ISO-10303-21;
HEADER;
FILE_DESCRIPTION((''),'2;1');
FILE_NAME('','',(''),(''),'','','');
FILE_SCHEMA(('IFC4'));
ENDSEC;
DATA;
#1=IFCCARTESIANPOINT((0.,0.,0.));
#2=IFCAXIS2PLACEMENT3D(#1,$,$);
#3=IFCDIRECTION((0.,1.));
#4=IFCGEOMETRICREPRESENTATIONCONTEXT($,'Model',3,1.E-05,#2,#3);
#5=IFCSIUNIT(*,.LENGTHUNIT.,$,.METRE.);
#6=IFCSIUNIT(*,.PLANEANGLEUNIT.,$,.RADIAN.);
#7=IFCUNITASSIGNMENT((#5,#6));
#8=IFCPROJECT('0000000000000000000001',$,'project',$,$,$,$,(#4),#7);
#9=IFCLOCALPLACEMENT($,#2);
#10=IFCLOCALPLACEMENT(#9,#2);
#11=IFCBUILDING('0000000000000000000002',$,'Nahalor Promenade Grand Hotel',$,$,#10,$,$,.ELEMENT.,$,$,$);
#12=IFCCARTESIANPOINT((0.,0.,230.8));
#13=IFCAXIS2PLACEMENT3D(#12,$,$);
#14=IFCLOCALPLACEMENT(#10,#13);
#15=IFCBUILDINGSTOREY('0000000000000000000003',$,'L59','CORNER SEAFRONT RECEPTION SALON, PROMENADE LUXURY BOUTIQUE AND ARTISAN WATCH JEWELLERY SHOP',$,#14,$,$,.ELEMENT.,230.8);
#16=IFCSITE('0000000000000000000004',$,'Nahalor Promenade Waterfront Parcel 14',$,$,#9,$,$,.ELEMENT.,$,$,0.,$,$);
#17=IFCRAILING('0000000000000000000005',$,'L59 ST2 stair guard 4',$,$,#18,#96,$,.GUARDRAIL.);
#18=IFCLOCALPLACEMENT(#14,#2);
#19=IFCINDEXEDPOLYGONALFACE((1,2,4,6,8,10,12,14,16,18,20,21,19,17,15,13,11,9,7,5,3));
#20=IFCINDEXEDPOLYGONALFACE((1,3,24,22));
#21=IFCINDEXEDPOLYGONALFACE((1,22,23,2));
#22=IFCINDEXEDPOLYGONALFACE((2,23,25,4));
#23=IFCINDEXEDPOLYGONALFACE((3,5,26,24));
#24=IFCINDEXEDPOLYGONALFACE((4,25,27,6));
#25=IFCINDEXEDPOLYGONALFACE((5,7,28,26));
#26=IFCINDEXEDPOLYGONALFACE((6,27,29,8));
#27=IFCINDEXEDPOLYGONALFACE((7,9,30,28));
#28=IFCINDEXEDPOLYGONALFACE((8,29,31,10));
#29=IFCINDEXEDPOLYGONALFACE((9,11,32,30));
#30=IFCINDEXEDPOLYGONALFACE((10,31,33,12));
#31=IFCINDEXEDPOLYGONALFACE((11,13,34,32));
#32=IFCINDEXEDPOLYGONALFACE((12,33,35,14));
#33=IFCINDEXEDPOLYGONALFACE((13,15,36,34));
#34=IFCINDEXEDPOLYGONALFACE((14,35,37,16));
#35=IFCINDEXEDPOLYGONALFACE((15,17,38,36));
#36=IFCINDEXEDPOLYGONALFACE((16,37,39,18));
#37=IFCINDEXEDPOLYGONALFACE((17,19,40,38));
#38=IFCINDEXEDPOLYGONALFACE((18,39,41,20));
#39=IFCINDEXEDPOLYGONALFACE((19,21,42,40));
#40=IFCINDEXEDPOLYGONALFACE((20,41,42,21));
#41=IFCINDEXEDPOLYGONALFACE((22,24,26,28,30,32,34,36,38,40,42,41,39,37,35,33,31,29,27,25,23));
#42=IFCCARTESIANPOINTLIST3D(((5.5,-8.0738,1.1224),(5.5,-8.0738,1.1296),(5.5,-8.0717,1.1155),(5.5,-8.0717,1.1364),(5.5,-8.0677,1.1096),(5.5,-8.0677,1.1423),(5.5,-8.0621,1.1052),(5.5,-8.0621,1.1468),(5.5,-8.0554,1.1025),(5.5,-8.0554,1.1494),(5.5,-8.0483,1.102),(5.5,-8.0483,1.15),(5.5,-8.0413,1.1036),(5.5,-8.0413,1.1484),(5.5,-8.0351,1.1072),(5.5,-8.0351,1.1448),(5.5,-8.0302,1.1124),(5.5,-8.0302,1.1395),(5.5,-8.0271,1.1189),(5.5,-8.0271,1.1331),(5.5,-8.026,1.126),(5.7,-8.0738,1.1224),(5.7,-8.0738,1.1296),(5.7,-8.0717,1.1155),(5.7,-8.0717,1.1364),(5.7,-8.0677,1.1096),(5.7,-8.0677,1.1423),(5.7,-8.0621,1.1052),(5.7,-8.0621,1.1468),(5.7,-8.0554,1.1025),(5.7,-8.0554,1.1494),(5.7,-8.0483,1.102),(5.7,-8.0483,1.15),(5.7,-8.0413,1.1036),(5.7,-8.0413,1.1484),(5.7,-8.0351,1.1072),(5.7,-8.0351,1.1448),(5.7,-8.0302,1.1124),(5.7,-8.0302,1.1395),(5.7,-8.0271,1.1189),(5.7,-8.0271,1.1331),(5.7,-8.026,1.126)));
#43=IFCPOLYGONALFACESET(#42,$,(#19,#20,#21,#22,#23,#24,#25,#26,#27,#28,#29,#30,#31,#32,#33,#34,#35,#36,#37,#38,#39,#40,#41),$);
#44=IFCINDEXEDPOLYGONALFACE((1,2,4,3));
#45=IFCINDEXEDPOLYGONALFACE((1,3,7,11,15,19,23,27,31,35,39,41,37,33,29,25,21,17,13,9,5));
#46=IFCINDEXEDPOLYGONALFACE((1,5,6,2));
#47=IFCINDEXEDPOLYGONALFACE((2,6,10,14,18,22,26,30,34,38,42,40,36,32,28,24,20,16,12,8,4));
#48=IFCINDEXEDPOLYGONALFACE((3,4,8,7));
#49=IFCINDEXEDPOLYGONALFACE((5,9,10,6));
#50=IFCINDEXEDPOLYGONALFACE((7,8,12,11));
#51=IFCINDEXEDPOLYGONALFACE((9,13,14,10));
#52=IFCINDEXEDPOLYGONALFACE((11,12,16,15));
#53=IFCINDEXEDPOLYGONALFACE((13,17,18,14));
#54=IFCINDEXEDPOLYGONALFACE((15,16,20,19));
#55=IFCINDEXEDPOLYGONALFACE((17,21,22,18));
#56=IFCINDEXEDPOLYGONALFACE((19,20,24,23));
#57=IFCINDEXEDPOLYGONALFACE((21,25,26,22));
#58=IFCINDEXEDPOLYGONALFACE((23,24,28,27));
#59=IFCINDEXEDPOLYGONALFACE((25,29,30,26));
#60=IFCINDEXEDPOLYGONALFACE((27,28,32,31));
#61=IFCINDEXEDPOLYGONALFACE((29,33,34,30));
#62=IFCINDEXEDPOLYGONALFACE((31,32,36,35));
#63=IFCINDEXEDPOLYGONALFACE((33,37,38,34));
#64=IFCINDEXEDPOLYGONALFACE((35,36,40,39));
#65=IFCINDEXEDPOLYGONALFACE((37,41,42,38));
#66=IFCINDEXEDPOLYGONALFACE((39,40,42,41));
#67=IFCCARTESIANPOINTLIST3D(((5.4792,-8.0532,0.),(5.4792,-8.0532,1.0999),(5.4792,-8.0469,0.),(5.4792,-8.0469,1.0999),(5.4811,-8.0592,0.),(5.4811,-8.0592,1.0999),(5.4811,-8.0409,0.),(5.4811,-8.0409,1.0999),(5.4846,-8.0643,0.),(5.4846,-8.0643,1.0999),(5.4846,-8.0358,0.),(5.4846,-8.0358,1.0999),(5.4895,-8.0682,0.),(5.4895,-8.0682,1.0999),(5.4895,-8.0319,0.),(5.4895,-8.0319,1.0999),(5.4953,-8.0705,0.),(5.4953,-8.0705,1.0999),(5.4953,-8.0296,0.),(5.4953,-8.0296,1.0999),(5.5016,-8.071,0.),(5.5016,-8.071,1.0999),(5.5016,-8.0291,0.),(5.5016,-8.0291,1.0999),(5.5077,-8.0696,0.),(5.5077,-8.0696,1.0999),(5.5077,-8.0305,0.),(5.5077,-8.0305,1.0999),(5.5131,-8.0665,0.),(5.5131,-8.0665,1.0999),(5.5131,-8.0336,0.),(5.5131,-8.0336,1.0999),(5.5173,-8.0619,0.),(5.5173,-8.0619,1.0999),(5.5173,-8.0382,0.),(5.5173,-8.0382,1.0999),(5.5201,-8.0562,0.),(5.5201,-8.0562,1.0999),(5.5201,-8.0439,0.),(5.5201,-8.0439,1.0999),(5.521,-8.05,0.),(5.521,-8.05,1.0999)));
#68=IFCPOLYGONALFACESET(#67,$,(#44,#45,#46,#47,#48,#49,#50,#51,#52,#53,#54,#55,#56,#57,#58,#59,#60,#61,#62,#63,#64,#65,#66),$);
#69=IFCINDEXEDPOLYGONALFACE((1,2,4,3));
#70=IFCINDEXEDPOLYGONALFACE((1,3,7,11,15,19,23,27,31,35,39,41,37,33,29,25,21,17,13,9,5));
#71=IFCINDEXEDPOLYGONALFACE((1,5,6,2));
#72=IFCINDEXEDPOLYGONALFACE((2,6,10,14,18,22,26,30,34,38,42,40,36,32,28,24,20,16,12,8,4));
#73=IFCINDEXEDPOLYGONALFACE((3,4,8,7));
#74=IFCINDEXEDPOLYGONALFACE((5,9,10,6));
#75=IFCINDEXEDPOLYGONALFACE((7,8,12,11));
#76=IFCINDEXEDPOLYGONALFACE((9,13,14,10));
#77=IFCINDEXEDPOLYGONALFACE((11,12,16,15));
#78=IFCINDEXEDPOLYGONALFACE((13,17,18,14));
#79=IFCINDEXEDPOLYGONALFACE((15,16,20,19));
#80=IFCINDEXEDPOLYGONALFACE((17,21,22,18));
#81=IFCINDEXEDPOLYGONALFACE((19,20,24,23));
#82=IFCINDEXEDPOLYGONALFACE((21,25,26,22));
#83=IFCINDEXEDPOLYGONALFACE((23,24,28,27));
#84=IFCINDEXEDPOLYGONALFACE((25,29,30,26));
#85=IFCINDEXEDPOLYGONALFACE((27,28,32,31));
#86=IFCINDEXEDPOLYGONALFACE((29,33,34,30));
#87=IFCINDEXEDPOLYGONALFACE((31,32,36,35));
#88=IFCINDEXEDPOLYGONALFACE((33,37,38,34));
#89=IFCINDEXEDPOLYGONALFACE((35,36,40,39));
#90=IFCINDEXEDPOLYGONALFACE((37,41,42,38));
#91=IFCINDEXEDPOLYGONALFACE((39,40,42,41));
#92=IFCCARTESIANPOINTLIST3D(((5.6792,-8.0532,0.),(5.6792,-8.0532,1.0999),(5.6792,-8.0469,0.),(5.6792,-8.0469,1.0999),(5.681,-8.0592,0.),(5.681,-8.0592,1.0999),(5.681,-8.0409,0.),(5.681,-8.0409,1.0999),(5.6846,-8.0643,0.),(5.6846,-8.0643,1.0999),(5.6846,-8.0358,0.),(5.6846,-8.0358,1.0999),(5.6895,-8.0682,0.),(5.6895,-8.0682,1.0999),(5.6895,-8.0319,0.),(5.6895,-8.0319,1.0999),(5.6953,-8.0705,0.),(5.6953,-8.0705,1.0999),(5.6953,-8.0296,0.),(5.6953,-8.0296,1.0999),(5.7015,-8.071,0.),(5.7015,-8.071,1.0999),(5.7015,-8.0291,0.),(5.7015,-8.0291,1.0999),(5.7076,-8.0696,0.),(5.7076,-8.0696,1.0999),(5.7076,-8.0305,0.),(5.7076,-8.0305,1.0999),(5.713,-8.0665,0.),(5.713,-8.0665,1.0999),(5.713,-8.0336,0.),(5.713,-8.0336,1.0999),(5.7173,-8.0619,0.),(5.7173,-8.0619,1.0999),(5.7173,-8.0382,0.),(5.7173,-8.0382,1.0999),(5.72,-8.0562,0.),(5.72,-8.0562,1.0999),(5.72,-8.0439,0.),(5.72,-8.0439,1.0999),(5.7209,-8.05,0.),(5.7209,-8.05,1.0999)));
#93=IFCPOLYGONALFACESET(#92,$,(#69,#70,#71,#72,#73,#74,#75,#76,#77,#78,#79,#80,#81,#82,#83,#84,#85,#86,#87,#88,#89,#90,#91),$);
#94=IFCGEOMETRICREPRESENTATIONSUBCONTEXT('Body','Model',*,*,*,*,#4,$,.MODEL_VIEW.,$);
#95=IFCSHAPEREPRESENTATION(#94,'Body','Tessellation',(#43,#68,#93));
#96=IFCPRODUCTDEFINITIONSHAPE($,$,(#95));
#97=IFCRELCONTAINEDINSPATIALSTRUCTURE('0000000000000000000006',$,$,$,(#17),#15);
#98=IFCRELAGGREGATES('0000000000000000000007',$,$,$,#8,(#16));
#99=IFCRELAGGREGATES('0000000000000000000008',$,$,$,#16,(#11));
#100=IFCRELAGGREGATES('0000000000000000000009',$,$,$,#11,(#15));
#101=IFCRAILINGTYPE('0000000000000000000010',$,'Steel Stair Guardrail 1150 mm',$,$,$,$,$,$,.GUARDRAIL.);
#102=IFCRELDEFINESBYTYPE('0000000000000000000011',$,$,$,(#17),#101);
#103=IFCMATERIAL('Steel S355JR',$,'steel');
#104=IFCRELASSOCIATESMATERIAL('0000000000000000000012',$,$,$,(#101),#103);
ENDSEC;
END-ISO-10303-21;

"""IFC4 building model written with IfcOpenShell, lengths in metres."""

from ifc_helpers import new_model, si_unit, direction, frame, origin, origin_2d, place, context, subcontext, project, spatial, circle, extrude, material, type_object, element, save


model = new_model("IFC4")

# Units and contexts
model_context = context("Model", 3, precision=1e-05, world=origin(), true_north=direction((0.0, 1.0)))
body_context = subcontext(model_context, "Body", "Model", "MODEL_VIEW")
ifc_project = project(units=[si_unit("LENGTHUNIT", "METRE"), si_unit("PLANEANGLEUNIT", "RADIAN")], contexts=[model_context])

# Site, building, storey
site_placement = place(None, origin())
site = spatial("IfcSite", under=ifc_project, at=site_placement, Name="Nahalor Promenade Waterfront Parcel 14", CompositionType="ELEMENT", RefElevation=0.0)
building_placement = place(site_placement, origin())
building = spatial("IfcBuilding", under=site, at=building_placement, Name="Nahalor Promenade Grand Hotel", CompositionType="ELEMENT")
storey_placement = place(building_placement, frame((0.0, 0.0, 230.8)))
storey = spatial("IfcBuildingStorey", under=building, at=storey_placement, Name="L59", Description="CORNER SEAFRONT RECEPTION SALON, PROMENADE LUXURY BOUTIQUE AND ARTISAN WATCH JEWELLERY SHOP", CompositionType="ELEMENT", Elevation=230.8)

# Shared definitions
ifc_material_1 = material(Name="Steel S355JR", Category="steel")

# Railing
railing_type_1 = type_object("IfcRailingType", Name="Steel Stair Guardrail 1150 mm", PredefinedType="GUARDRAIL", material=ifc_material_1)
railing_1_placement = place(storey_placement, frame((5.5, -8.05, 0.0)))
element("IfcRailing", 1, at=railing_1_placement, inside=storey, type_object=railing_type_1, Name="L59 ST2 stair guard 4", PredefinedType="GUARDRAIL", context=body_context, shape_type="SweptSolid", body=[
    extrude(circle(Radius=0.024, at=origin_2d()), frame((0.0, 0.0, 1.126), z_axis=(1.0, 0.0, 0.0), x_axis=(0.0, 1.0, 0.0)), (0.0, 0.0, 1.0), 0.2),
    extrude(circle(Radius=0.021, at=origin_2d()), origin(), (0.0, 0.0, 1.0), 1.0999),
    extrude(circle(Radius=0.021, at=origin_2d()), frame((0.2, 0.0, 0.0)), (0.0, 0.0, 1.0), 1.0999),
])

save(model, "model.ifc")
